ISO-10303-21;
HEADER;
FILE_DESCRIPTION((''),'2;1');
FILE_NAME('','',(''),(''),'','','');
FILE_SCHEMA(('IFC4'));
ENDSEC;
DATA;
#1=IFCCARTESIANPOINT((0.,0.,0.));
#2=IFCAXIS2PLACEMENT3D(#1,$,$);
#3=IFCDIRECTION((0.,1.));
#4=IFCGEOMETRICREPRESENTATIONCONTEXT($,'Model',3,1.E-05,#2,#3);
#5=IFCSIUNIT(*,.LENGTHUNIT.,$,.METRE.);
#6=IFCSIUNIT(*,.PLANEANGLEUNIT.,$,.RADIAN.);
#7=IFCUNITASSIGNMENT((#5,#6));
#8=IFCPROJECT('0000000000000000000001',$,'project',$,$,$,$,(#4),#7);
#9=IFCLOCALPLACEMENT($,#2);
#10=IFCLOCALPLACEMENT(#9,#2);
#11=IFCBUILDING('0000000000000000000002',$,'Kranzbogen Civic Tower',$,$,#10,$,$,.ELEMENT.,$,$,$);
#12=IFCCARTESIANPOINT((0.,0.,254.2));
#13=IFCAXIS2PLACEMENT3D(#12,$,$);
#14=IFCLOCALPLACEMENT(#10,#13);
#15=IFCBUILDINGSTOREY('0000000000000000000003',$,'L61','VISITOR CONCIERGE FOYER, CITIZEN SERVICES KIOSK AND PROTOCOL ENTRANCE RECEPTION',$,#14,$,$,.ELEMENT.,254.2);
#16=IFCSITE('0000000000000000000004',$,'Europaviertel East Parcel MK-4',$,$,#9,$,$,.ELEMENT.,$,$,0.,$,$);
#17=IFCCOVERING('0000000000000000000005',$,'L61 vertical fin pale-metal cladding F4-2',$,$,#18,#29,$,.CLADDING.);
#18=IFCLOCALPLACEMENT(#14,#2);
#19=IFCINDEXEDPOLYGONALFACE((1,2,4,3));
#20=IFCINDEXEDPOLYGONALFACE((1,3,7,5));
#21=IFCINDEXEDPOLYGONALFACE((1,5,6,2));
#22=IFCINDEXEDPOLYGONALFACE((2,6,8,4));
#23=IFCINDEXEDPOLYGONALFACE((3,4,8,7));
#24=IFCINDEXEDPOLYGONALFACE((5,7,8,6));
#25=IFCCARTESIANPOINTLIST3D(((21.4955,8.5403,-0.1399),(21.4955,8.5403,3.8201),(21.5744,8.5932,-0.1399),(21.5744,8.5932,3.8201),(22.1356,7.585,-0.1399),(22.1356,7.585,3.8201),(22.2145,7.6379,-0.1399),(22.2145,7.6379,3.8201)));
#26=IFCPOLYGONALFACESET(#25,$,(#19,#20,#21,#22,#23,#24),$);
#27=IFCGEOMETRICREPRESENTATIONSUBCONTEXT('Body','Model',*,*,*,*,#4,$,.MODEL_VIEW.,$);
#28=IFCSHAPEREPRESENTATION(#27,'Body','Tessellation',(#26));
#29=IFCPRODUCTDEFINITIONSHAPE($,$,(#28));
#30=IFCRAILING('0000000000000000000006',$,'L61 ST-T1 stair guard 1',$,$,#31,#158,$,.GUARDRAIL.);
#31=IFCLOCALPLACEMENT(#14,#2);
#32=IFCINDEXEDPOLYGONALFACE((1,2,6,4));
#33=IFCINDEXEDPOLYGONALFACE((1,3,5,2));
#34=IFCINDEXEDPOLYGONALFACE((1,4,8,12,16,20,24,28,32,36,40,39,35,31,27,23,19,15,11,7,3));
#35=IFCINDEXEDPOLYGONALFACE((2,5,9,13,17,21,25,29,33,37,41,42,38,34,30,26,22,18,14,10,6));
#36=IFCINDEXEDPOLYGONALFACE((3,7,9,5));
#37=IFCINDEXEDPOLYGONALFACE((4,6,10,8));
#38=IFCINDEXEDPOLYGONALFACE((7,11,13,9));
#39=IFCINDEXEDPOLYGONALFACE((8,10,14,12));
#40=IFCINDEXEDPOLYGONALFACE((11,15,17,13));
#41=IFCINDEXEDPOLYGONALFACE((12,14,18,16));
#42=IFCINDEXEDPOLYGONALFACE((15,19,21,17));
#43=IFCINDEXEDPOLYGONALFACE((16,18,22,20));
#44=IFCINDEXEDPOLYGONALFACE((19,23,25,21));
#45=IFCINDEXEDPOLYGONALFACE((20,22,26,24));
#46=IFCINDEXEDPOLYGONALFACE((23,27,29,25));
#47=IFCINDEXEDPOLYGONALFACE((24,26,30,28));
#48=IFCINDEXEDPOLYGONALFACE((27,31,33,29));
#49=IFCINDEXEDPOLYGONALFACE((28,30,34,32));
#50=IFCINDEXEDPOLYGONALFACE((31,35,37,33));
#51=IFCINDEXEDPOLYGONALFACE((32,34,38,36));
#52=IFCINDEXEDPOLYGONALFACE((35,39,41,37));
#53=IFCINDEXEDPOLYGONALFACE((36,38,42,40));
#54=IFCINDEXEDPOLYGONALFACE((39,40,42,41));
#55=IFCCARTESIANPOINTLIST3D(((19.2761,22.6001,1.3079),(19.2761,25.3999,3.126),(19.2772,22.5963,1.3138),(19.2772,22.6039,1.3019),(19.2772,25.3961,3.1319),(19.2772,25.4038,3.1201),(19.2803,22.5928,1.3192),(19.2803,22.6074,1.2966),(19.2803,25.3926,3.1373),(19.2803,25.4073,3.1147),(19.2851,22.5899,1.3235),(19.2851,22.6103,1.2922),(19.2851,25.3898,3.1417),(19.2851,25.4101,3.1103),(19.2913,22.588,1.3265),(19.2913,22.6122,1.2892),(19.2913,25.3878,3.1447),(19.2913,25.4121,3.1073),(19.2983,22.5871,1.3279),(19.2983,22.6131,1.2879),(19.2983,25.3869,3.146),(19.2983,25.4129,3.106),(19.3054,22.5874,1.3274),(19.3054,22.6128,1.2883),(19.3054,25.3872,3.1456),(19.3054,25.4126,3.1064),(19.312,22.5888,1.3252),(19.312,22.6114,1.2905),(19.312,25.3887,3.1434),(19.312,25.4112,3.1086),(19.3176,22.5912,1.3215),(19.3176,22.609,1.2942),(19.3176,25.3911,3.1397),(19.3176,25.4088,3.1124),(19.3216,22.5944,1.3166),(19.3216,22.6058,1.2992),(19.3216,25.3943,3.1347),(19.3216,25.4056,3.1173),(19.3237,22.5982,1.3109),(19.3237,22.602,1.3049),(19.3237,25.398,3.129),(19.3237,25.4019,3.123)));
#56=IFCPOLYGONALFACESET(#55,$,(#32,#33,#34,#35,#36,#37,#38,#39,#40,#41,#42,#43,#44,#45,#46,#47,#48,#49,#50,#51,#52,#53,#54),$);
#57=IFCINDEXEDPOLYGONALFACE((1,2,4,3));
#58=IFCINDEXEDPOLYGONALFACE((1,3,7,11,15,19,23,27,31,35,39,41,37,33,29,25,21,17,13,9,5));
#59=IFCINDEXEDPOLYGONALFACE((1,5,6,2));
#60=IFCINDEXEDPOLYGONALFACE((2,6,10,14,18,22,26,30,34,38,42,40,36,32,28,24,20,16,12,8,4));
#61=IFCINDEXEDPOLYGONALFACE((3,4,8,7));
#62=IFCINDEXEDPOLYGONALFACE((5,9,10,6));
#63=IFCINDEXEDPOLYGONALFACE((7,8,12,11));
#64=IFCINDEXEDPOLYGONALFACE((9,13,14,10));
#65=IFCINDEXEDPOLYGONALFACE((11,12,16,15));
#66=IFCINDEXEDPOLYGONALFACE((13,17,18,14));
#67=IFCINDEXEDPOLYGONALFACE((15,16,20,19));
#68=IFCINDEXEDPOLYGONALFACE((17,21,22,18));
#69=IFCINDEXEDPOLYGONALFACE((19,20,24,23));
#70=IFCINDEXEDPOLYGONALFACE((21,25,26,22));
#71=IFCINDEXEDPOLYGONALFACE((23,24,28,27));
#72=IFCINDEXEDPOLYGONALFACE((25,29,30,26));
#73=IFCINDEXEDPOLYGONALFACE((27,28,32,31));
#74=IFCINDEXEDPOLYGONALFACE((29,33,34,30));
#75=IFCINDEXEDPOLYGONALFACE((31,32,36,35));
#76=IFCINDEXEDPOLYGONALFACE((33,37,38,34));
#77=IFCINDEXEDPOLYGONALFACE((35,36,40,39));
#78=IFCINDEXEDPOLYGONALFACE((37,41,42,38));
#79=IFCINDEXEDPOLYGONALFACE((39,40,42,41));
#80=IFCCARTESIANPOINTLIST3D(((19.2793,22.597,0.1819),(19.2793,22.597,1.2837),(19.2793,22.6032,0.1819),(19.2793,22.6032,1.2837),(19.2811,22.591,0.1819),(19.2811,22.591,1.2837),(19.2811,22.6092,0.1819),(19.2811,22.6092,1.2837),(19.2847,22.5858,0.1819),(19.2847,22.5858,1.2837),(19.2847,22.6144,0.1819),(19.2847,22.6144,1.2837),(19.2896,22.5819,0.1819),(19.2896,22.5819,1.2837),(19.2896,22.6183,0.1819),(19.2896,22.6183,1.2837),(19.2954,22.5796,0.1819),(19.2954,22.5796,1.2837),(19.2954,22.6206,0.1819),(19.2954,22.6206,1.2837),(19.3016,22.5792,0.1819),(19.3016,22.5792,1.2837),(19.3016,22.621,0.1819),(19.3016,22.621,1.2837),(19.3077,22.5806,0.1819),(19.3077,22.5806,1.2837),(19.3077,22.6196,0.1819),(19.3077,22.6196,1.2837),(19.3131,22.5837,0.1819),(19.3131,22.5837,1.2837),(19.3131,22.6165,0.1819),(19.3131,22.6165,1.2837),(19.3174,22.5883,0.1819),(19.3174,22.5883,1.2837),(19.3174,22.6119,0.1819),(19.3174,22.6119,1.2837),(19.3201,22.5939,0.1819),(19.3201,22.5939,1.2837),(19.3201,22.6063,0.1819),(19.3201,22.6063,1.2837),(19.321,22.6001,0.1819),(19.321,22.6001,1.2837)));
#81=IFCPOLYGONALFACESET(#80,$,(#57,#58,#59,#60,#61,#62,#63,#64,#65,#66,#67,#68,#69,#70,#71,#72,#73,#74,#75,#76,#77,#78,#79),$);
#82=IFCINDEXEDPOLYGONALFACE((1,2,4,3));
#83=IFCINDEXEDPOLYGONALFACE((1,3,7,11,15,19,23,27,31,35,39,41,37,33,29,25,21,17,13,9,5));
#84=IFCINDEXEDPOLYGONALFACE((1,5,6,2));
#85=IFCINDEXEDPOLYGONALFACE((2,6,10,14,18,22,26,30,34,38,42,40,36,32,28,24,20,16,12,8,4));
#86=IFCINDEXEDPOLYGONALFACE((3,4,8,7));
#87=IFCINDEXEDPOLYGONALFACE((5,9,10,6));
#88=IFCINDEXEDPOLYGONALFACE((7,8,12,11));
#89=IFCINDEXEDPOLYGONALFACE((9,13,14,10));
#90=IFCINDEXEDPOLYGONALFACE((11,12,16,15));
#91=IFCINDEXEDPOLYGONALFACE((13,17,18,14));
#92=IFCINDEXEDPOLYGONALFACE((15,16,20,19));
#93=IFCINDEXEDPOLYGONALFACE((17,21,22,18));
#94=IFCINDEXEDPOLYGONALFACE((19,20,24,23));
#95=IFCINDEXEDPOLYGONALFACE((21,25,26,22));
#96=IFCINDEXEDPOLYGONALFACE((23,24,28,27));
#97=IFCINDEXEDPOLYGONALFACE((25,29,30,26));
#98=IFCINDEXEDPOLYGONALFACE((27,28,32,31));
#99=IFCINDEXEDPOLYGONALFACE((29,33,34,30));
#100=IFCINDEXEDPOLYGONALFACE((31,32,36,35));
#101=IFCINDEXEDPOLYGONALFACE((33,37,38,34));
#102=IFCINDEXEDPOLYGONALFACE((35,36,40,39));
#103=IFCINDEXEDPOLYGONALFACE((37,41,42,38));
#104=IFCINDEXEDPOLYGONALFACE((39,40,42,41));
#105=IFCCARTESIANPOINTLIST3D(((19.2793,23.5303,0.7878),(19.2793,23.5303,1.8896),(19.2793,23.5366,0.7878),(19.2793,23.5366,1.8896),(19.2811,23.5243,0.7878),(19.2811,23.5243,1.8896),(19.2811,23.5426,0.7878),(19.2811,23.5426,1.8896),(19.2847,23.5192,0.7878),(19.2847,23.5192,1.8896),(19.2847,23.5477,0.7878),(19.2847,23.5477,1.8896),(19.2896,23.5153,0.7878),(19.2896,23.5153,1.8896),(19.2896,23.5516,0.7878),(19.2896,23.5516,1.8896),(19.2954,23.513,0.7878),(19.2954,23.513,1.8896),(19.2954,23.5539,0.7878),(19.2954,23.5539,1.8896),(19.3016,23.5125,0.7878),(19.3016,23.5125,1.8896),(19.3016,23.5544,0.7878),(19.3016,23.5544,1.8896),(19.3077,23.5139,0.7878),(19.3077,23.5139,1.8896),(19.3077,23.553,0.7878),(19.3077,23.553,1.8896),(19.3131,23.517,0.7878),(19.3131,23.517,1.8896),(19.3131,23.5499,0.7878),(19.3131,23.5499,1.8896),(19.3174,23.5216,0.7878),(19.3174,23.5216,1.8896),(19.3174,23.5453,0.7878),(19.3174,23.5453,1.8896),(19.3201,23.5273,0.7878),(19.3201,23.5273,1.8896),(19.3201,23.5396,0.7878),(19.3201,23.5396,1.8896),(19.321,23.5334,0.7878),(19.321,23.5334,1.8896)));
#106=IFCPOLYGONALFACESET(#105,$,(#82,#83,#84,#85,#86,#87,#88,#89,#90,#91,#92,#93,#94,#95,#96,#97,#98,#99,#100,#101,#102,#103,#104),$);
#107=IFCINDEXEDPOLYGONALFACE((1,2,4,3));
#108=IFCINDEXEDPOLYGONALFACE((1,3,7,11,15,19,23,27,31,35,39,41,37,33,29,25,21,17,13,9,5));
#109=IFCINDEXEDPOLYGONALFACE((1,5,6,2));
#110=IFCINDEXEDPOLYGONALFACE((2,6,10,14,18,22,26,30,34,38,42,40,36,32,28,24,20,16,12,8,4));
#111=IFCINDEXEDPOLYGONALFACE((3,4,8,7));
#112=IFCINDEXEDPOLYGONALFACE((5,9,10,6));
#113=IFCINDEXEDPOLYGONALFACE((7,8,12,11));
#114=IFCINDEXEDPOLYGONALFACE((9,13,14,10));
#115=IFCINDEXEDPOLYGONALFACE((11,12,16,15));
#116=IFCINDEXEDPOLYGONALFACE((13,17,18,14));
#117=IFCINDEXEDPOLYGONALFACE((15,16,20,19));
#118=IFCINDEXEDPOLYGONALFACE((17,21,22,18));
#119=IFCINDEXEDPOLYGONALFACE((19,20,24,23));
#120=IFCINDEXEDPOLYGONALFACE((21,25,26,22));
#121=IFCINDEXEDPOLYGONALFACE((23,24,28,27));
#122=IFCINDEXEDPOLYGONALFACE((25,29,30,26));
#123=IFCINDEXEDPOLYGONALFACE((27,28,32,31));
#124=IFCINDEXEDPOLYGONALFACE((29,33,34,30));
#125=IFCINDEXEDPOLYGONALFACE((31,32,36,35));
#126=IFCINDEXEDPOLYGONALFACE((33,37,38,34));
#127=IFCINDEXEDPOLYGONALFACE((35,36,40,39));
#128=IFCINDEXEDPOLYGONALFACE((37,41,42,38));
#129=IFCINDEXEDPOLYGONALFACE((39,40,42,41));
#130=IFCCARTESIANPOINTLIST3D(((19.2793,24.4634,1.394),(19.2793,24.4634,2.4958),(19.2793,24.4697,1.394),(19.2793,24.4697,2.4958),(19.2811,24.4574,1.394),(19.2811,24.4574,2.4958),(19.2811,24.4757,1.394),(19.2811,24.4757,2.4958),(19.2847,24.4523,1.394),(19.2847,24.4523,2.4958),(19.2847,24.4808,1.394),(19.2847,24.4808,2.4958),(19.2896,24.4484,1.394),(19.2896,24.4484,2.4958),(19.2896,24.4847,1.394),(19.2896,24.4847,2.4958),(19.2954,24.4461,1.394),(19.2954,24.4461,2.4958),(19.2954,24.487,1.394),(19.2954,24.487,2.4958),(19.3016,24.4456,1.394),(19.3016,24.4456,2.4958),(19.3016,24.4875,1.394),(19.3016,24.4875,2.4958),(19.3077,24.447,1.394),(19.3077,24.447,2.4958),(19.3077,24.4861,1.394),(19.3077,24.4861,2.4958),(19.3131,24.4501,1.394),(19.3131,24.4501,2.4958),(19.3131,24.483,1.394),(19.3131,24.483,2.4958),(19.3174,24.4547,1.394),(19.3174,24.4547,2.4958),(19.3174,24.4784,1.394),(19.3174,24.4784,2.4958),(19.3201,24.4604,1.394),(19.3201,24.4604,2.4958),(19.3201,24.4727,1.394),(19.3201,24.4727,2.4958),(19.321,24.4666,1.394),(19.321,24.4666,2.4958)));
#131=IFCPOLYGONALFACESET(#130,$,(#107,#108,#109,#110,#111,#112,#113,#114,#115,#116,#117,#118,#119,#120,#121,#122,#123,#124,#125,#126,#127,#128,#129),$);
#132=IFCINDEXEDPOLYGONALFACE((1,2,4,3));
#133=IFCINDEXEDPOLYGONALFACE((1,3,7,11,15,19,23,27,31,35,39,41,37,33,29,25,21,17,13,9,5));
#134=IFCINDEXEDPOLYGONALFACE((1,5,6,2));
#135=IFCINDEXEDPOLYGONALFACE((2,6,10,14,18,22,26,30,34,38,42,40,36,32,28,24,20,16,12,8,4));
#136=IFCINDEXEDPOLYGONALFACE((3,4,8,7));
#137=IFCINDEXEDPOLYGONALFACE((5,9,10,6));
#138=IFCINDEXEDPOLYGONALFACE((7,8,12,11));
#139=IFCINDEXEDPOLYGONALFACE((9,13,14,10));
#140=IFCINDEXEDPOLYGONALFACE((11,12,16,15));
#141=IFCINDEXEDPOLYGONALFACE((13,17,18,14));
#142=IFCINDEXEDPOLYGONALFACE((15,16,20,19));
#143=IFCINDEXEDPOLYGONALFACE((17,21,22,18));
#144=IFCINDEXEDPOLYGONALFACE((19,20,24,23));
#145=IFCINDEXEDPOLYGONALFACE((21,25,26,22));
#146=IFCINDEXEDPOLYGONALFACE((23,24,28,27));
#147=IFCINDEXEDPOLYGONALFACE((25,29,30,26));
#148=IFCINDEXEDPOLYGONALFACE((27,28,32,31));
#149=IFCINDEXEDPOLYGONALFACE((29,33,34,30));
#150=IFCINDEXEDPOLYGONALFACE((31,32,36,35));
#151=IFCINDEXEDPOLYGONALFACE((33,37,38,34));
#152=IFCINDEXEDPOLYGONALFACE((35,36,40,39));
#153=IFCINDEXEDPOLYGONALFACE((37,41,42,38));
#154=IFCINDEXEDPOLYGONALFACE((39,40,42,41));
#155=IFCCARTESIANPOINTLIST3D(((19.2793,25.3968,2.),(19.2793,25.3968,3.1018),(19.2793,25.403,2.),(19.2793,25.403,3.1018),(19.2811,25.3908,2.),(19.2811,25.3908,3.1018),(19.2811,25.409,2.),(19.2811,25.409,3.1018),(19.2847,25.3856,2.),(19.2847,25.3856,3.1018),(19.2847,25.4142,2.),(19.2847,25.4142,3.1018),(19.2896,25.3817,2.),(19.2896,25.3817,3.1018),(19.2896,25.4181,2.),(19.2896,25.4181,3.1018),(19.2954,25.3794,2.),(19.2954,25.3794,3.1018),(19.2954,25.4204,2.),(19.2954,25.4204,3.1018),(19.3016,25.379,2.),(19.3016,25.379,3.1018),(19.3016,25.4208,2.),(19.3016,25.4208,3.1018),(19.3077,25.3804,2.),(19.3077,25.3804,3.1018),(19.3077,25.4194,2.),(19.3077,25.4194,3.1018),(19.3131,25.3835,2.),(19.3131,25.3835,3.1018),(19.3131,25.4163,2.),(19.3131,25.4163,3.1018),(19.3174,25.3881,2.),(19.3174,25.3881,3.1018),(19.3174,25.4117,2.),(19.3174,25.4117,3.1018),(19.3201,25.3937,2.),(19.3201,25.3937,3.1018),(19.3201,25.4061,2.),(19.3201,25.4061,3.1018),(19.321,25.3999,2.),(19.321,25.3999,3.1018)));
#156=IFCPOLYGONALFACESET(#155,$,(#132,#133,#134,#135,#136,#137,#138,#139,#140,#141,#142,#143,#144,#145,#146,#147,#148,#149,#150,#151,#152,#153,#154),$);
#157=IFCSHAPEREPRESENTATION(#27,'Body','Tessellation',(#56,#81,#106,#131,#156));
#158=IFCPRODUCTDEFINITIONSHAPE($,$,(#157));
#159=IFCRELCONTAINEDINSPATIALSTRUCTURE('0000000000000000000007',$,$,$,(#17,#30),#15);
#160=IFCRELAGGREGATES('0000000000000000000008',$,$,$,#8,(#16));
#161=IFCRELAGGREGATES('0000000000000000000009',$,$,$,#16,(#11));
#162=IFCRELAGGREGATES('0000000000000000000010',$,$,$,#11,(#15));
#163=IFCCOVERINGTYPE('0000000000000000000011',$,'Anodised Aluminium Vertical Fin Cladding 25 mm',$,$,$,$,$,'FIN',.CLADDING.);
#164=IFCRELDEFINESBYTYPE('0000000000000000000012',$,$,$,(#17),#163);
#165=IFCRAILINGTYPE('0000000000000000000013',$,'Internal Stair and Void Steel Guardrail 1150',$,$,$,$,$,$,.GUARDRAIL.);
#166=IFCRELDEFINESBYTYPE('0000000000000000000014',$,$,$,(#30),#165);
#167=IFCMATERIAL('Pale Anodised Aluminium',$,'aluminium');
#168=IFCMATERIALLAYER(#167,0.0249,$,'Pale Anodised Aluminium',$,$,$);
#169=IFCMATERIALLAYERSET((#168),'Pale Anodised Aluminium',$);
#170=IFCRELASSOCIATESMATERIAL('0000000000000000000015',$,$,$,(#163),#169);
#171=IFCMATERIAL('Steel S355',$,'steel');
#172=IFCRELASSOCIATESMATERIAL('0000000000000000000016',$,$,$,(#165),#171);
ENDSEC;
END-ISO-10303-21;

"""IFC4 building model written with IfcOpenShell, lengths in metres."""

from ifc_helpers import new_model, si_unit, direction, frame, origin, origin_2d, place, context, subcontext, project, spatial, rectangle, circle, extrude, material, layer, layer_set, type_object, element, save


model = new_model("IFC4")

# Units and contexts
model_context = context("Model", 3, precision=1e-05, world=origin(), true_north=direction((0.0, 1.0)))
body_context = subcontext(model_context, "Body", "Model", "MODEL_VIEW")
ifc_project = project(units=[si_unit("LENGTHUNIT", "METRE"), si_unit("PLANEANGLEUNIT", "RADIAN")], contexts=[model_context])

# Site, building, storey
site_placement = place(None, origin())
site = spatial("IfcSite", under=ifc_project, at=site_placement, Name="Europaviertel East Parcel MK-4", CompositionType="ELEMENT", RefElevation=0.0)
building_placement = place(site_placement, origin())
building = spatial("IfcBuilding", under=site, at=building_placement, Name="Kranzbogen Civic Tower", CompositionType="ELEMENT")
storey_placement = place(building_placement, frame((0.0, 0.0, 254.2)))
storey = spatial("IfcBuildingStorey", under=building, at=storey_placement, Name="L61", Description="VISITOR CONCIERGE FOYER, CITIZEN SERVICES KIOSK AND PROTOCOL ENTRANCE RECEPTION", CompositionType="ELEMENT", Elevation=254.2)

# Shared definitions
ifc_material_1 = material(Name="Steel S355", Category="steel")

# Shared definitions
ifc_material_2 = material(Name="Pale Anodised Aluminium", Category="aluminium")

# Covering
ifc_layer_1 = layer(ifc_material_2, 0.0249, Name="Pale Anodised Aluminium")
ifc_layer_set_1 = layer_set([ifc_layer_1], Name="Pale Anodised Aluminium")
covering_type = type_object("IfcCoveringType", Name="Anodised Aluminium Vertical Fin Cladding 25 mm", ElementType="FIN", PredefinedType="CLADDING", material=ifc_layer_set_1)
for number, where, z_axis, x_axis, name in (
    (1, (21.855, 8.0891, -0.1399), (0.0, 0.0, 1.0), (0.556615, -0.830771, 0.0), "L61 vertical fin pale-metal cladding F4-2"),
):
    element("IfcCovering", number, at=place(storey_placement, frame(where, z_axis=z_axis, x_axis=x_axis)), inside=storey, type_object=covering_type, Name=name, PredefinedType="CLADDING", context=body_context, shape_type="SweptSolid", body=[
        extrude(rectangle(XDim=1.1499, YDim=0.095, at=origin_2d()), origin(), (0.0, 0.0, 1.0), 3.96),
    ])

# Railing
railing_type = type_object("IfcRailingType", Name="Internal Stair and Void Steel Guardrail 1150", PredefinedType="GUARDRAIL", material=ifc_material_1)
railing_1_placement = place(storey_placement, frame((19.3, 22.6001, 0.1819)))
element("IfcRailing", 2, at=railing_1_placement, inside=storey, type_object=railing_type, Name="L61 ST-T1 stair guard 1", PredefinedType="GUARDRAIL", context=body_context, shape_type="SweptSolid", body=[
    extrude(circle(Radius=0.0239, at=origin_2d()), frame((0.0, 0.0, 1.126), z_axis=(0.0, 0.838684, 0.544618), x_axis=(-1.0, 0.0, 0.0)), (0.0, 0.0, 1.0), 3.3384),
    extrude(circle(Radius=0.021, at=origin_2d()), origin(), (0.0, 0.0, 1.0), 1.1018),
    extrude(circle(Radius=0.021, at=origin_2d()), frame((0.0, 0.9333, 0.606)), (0.0, 0.0, 1.0), 1.1018),
    extrude(circle(Radius=0.021, at=origin_2d()), frame((0.0, 1.8665, 1.2122)), (0.0, 0.0, 1.0), 1.1018),
    extrude(circle(Radius=0.021, at=origin_2d()), frame((0.0, 2.7998, 1.8181)), (0.0, 0.0, 1.0), 1.1018),
])

save(model, "model.ifc")
